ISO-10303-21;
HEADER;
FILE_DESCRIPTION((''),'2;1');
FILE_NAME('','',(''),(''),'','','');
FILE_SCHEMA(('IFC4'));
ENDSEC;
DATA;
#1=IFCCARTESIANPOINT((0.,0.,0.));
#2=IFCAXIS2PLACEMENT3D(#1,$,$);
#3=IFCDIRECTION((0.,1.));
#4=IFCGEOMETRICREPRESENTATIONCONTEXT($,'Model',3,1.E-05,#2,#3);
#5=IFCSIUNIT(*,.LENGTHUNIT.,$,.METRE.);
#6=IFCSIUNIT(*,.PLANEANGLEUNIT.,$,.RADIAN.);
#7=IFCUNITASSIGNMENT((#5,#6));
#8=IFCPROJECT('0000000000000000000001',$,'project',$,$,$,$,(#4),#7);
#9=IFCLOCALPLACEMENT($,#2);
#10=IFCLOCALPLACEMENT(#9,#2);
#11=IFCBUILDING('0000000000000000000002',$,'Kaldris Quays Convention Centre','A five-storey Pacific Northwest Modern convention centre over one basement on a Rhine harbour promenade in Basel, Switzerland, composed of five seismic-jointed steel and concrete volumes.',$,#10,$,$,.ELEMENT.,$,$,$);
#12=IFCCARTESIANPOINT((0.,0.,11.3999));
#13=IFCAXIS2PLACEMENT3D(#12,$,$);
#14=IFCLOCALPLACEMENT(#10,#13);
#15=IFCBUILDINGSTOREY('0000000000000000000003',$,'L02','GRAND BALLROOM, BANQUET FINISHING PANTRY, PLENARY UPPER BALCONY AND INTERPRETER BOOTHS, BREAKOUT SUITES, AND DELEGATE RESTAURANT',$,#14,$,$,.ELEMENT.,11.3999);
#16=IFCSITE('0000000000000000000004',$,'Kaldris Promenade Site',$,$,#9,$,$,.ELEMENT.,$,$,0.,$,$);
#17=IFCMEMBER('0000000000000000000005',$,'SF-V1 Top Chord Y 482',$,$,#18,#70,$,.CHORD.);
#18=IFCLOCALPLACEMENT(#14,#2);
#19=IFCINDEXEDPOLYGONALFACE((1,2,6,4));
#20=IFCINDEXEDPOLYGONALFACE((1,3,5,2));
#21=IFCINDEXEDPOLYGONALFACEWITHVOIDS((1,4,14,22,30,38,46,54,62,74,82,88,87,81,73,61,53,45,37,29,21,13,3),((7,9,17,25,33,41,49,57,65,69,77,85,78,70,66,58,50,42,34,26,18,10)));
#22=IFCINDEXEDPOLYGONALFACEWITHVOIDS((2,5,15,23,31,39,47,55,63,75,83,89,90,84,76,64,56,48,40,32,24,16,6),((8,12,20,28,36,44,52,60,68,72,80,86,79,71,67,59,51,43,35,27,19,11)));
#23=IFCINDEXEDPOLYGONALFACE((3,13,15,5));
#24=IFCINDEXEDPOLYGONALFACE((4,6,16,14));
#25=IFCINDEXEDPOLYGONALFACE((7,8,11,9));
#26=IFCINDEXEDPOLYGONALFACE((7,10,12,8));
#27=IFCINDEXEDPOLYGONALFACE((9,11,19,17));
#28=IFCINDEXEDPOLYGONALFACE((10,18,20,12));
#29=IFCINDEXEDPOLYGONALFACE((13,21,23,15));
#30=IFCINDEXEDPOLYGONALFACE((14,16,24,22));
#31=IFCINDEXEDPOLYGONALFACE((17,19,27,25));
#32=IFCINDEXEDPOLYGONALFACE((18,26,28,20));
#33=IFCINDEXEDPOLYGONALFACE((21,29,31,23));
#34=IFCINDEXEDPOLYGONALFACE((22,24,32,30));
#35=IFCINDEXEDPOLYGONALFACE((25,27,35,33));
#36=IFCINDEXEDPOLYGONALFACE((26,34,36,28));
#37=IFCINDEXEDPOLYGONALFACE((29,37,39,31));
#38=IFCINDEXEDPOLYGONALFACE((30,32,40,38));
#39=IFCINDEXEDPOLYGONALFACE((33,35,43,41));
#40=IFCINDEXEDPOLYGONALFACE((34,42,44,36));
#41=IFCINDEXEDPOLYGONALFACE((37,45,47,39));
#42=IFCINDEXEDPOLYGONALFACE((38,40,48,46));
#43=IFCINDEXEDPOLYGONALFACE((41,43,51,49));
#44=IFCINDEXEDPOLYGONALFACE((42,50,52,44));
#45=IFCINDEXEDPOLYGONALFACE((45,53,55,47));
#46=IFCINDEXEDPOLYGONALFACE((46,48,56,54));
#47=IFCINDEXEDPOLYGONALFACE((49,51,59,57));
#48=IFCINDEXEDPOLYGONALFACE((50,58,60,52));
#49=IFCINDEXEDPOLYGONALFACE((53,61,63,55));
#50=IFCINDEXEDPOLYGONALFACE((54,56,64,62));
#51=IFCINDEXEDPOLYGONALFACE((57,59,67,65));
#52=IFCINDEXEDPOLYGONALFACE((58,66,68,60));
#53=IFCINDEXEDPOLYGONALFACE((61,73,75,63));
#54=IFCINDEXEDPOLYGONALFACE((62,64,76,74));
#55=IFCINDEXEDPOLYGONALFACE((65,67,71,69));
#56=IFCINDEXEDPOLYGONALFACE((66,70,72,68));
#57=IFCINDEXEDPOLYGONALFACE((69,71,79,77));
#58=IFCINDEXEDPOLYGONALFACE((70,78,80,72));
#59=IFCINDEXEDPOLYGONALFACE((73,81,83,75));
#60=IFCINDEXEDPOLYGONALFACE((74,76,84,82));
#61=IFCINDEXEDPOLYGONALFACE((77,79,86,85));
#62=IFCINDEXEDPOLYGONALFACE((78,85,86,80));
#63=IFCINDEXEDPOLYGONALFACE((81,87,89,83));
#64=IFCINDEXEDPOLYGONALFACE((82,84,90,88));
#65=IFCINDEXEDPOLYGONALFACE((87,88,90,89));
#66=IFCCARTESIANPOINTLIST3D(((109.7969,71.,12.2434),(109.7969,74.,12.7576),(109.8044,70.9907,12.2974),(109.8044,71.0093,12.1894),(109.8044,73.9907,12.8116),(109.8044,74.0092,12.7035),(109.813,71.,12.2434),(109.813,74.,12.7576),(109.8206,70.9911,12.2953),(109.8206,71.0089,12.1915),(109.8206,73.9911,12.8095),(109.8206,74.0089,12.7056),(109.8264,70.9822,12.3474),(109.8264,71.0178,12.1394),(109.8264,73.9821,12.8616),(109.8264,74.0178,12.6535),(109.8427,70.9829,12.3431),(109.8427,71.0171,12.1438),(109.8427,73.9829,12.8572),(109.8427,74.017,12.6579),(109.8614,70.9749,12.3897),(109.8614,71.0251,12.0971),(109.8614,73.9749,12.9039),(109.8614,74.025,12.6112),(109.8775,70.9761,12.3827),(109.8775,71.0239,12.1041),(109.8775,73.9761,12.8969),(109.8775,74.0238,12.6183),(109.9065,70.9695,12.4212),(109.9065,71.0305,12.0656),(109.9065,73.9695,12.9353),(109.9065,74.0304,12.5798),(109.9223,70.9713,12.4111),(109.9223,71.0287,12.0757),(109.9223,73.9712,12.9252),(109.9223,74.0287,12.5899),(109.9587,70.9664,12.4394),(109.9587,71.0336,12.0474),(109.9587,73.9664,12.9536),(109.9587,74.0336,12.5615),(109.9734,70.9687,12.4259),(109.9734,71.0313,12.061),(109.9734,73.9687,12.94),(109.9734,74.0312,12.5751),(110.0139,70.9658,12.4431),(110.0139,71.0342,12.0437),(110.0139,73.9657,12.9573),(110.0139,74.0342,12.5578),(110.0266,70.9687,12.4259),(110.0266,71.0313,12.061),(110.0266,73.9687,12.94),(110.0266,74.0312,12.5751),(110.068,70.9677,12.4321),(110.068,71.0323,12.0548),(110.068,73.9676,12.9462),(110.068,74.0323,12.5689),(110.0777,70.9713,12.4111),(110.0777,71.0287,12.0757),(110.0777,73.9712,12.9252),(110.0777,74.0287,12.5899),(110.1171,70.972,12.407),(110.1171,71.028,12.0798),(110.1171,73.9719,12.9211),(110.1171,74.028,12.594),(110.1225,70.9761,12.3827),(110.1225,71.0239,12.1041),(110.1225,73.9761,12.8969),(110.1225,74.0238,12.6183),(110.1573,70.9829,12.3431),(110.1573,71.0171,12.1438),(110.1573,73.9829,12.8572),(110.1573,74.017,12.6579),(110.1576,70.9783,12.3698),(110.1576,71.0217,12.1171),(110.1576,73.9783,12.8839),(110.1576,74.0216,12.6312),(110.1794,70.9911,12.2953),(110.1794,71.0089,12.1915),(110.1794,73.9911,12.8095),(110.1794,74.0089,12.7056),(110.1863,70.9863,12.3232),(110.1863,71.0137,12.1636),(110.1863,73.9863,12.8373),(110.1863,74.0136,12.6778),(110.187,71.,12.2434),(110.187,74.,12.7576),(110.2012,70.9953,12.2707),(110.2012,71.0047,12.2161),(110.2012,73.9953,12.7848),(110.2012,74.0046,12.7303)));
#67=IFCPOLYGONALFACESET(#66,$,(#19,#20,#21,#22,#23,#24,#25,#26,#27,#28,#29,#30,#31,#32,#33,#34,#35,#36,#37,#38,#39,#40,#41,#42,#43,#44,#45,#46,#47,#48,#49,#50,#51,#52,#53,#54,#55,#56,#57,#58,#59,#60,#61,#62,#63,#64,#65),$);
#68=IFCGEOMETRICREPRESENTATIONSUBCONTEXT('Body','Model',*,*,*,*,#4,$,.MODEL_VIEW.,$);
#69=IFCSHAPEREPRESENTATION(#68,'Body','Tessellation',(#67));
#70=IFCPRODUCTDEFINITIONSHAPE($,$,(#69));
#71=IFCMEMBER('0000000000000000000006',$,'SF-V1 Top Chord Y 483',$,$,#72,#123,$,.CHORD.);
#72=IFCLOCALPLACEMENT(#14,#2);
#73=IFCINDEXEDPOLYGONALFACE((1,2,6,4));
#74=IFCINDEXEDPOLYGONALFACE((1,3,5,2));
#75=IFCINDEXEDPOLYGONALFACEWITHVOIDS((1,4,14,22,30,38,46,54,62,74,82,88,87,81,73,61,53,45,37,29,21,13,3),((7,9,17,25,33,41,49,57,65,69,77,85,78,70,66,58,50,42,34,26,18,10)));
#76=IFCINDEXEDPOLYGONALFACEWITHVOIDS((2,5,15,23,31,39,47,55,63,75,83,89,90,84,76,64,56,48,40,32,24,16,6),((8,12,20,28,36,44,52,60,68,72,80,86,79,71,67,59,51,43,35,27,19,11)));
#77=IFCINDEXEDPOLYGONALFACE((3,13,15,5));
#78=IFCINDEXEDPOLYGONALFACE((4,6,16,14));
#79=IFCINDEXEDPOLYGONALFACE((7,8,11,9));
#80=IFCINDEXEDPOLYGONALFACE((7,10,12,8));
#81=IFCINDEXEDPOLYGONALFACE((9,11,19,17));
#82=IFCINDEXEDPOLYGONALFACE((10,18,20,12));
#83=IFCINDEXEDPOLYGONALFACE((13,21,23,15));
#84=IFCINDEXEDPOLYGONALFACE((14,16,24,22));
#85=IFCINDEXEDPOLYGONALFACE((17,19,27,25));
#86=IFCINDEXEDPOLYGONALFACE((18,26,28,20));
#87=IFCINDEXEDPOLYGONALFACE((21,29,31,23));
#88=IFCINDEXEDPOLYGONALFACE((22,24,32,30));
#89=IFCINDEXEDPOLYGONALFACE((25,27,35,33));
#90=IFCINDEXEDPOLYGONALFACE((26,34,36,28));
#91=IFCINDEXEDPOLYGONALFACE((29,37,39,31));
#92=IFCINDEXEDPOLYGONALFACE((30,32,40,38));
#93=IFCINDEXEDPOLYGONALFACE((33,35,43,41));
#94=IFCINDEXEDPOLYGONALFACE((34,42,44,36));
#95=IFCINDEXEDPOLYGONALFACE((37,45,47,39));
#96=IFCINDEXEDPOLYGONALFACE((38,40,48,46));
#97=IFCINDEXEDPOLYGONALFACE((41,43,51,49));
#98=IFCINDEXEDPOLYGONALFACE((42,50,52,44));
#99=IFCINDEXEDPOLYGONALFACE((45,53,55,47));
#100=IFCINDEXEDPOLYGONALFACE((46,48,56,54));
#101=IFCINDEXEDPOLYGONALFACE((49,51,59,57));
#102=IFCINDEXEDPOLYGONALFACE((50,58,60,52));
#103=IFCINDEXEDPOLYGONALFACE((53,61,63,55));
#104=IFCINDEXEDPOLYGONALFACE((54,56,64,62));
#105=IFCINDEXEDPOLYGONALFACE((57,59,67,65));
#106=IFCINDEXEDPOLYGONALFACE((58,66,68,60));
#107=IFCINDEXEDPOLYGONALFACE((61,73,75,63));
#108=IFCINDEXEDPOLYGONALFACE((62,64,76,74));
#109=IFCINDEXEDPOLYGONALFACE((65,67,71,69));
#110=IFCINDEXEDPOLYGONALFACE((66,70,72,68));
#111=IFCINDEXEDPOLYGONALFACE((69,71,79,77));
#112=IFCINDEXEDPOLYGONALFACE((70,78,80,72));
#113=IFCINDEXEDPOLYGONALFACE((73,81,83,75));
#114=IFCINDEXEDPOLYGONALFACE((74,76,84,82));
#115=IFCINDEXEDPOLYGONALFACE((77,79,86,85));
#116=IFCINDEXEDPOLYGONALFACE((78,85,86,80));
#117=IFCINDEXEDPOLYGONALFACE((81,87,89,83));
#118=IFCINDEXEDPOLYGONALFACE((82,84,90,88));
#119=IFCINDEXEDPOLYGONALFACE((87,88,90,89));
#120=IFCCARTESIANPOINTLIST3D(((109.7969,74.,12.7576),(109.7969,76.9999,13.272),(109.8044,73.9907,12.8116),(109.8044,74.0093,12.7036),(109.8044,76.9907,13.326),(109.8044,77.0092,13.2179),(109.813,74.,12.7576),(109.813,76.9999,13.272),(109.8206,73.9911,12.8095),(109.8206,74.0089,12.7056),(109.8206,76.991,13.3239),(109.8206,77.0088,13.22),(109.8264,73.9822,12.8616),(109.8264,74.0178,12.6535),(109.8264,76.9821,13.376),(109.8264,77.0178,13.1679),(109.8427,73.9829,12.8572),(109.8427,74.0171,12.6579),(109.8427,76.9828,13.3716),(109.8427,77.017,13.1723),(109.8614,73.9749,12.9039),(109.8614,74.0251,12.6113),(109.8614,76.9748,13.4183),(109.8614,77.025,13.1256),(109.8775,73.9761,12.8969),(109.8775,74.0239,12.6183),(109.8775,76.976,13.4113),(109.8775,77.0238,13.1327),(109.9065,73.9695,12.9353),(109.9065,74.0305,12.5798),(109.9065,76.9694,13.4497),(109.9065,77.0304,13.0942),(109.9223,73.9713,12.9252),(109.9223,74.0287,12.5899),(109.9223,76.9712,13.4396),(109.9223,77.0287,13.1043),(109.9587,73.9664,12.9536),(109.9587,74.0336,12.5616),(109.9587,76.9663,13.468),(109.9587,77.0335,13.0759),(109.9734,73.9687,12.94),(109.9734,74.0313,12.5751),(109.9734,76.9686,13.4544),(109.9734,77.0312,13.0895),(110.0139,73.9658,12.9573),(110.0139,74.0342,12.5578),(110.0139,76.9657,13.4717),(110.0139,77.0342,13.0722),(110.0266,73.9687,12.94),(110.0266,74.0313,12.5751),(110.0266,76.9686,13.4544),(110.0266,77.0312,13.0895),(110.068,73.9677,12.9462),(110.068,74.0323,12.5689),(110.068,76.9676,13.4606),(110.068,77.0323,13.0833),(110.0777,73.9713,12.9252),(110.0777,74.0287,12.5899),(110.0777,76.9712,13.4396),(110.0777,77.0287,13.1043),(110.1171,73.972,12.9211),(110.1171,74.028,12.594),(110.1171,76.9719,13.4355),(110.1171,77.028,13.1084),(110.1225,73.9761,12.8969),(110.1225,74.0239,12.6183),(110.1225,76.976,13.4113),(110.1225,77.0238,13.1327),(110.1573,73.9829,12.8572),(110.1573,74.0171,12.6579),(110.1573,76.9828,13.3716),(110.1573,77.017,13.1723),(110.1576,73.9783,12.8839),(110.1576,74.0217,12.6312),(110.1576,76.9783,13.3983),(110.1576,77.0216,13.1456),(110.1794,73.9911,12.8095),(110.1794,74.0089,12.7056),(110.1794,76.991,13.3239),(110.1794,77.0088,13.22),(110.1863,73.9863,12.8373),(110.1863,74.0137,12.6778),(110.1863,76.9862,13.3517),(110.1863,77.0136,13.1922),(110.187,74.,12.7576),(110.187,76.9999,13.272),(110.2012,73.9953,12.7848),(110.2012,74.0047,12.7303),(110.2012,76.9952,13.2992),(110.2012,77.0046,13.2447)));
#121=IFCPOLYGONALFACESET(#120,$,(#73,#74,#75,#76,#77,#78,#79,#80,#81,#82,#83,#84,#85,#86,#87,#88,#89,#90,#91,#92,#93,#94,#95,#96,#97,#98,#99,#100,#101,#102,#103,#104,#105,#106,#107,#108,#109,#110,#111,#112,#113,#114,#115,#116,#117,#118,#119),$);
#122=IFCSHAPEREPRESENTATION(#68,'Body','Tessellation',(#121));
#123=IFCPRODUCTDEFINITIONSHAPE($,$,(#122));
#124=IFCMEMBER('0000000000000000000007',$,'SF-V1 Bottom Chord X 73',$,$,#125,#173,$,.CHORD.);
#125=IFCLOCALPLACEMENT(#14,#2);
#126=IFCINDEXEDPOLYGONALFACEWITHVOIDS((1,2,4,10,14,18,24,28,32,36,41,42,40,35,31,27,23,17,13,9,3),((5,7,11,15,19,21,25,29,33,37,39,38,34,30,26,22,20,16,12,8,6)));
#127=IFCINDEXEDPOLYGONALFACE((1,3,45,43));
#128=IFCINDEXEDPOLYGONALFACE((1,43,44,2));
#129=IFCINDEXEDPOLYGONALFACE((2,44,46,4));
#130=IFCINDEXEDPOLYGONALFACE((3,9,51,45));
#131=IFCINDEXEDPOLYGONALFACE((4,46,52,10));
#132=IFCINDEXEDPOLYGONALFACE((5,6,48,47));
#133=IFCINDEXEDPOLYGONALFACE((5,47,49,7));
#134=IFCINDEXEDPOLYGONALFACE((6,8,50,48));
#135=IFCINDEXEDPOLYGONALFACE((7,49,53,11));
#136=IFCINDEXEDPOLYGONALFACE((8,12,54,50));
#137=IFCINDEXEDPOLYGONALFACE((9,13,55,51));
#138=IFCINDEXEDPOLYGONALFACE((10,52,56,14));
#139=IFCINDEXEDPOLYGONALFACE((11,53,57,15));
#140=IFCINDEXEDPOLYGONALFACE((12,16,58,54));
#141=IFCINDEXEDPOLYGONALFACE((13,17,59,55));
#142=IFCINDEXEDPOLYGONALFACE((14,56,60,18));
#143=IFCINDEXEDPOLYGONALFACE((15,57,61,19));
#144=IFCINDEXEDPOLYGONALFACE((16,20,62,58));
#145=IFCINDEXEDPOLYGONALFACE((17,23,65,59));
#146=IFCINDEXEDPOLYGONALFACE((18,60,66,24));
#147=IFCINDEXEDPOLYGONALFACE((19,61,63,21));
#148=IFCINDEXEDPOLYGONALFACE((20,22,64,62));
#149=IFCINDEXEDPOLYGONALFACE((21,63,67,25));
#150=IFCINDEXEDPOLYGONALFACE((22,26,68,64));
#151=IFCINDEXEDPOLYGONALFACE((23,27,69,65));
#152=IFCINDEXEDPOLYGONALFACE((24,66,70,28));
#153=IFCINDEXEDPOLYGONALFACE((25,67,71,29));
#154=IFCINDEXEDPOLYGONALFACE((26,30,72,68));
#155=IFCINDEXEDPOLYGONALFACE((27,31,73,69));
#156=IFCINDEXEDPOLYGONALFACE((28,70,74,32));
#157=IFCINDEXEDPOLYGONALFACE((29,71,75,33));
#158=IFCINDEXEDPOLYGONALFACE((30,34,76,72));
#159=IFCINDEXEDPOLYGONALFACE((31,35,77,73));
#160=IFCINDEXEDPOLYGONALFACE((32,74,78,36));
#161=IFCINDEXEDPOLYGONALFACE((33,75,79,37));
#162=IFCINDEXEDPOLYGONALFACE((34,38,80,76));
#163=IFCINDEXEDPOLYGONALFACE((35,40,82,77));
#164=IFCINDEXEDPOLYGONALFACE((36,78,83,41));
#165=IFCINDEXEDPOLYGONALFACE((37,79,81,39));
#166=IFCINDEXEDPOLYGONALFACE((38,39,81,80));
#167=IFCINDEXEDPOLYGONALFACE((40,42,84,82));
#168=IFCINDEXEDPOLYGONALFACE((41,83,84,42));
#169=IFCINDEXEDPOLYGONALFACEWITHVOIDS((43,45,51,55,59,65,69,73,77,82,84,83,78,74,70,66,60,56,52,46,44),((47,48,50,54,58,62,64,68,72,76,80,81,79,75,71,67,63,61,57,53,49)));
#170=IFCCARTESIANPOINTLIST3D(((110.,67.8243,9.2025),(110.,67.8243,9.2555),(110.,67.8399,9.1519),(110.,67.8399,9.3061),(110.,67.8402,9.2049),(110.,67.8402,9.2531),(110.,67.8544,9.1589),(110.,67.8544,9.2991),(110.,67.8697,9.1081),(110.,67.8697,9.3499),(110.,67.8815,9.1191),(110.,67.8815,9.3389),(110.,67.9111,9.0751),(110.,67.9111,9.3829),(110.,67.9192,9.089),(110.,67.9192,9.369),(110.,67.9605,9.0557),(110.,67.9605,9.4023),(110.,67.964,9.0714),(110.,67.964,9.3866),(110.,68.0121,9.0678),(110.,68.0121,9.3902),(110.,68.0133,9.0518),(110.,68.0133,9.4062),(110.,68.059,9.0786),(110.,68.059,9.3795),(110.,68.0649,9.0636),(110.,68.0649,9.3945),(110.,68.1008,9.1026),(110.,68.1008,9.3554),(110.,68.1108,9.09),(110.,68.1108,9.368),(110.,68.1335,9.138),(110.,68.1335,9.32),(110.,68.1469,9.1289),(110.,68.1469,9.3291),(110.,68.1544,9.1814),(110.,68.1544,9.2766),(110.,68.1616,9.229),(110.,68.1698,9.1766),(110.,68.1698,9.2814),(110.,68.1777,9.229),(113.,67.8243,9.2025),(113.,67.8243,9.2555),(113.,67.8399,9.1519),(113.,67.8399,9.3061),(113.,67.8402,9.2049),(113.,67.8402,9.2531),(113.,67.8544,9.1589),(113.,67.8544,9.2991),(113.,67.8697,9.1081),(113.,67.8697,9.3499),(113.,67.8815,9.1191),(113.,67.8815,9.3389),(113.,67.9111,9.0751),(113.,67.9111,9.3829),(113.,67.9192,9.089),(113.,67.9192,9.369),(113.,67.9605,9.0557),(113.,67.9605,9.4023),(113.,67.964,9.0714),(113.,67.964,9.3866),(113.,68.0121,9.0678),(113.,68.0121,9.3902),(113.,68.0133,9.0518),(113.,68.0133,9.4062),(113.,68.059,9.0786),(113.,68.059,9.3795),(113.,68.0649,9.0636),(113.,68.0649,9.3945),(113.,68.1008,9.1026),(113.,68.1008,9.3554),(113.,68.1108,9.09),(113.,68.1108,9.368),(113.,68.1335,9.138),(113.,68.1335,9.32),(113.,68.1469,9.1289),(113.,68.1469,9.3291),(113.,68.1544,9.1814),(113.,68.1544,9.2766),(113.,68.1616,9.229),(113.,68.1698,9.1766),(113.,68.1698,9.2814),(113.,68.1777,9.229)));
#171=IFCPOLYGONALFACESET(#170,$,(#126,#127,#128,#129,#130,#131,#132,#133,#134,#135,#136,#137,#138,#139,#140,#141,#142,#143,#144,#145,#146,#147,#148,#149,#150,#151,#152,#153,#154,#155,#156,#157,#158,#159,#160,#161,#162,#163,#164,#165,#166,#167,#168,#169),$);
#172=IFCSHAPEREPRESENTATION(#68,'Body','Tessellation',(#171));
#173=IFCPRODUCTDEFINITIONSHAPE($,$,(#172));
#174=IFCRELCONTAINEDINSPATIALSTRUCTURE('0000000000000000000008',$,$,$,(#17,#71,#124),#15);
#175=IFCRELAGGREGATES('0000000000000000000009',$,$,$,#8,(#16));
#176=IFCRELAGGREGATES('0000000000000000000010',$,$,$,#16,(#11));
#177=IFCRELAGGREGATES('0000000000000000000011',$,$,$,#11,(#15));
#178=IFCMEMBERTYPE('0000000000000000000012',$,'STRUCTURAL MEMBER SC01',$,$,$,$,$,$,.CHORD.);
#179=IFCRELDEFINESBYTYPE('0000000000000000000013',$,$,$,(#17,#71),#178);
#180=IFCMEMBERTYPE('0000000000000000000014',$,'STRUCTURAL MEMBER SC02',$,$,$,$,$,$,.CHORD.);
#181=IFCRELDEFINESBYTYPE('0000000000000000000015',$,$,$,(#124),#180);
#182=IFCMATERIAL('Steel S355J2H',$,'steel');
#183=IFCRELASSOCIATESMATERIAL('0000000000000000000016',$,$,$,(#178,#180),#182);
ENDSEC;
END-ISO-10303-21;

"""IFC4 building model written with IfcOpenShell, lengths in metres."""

from ifc_helpers import new_model, si_unit, direction, frame, origin, origin_2d, place, context, subcontext, project, spatial, hollow_circle, extrude, material, material_profile, profile_set, type_object, element, save


model = new_model("IFC4")

# Units and contexts
model_context = context("Model", 3, precision=1e-05, world=origin(), true_north=direction((0.0, 1.0)))
body_context = subcontext(model_context, "Body", "Model", "MODEL_VIEW")
ifc_project = project(units=[si_unit("LENGTHUNIT", "METRE"), si_unit("PLANEANGLEUNIT", "RADIAN")], contexts=[model_context])

# Site, building, storey
site_placement = place(None, origin())
site = spatial("IfcSite", under=ifc_project, at=site_placement, Name="Kaldris Promenade Site", CompositionType="ELEMENT", RefElevation=0.0)
building_placement = place(site_placement, origin())
building = spatial("IfcBuilding", under=site, at=building_placement, Name="Kaldris Quays Convention Centre", Description="A five-storey Pacific Northwest Modern convention centre over one basement on a Rhine harbour promenade in Basel, Switzerland, composed of five seismic-jointed steel and concrete volumes.", CompositionType="ELEMENT")
storey_placement = place(building_placement, frame((0.0, 0.0, 11.3999)))
storey = spatial("IfcBuildingStorey", under=building, at=storey_placement, Name="L02", Description="GRAND BALLROOM, BANQUET FINISHING PANTRY, PLENARY UPPER BALCONY AND INTERPRETER BOOTHS, BREAKOUT SUITES, AND DELEGATE RESTAURANT", CompositionType="ELEMENT", Elevation=11.3999)

# Members
ifc_material_1 = material(Name="Steel S355J2H", Category="steel")
ifc_material_profile_1 = material_profile(ifc_material_1, hollow_circle(Radius=0.2031, WallThickness=0.0161, at=origin_2d()), Name="CHS 406.4x16")
ifc_profile_set_1 = profile_set([ifc_material_profile_1], Name="Steel S355J2H")
member_type_1 = type_object("IfcMemberType", Name="STRUCTURAL MEMBER SC01", PredefinedType="CHORD", material=ifc_profile_set_1)
for number, where, z_axis, x_axis, name in (
    (1, (110.0, 71.0, 12.2434), (0.0, 0.985629, 0.168924), (-1.0, 0.0, 0.0), "SF-V1 Top Chord Y 482"),
    (2, (110.0, 74.0, 12.7576), (0.0, 0.985616, 0.169002), (-1.0, 0.0, 0.0), "SF-V1 Top Chord Y 483"),
):
    element("IfcMember", number, at=place(storey_placement, frame(where, z_axis=z_axis, x_axis=x_axis)), inside=storey, type_object=member_type_1, Name=name, PredefinedType="CHORD", context=body_context, shape_type="SweptSolid", body=[
        extrude(hollow_circle(Radius=0.2031, WallThickness=0.0161, at=origin_2d()), origin(), (0.0, 0.0, 1.0), 3.0437),
    ])
ifc_material_profile_2 = material_profile(ifc_material_1, hollow_circle(Radius=0.1777, WallThickness=0.0161, at=origin_2d()), Name="CHS 355.6x16")
ifc_profile_set_2 = profile_set([ifc_material_profile_2], Name="Steel S355J2H")
member_type_2 = type_object("IfcMemberType", Name="STRUCTURAL MEMBER SC02", PredefinedType="CHORD", material=ifc_profile_set_2)
for number, where, z_axis, x_axis, name in (
    (3, (110.0, 68.0, 9.229), (1.0, 0.0, 0.0), (0.0, 1.0, 0.0), "SF-V1 Bottom Chord X 73"),
):
    element("IfcMember", number, at=place(storey_placement, frame(where, z_axis=z_axis, x_axis=x_axis)), inside=storey, type_object=member_type_2, Name=name, PredefinedType="CHORD", context=body_context, shape_type="SweptSolid", body=[
        extrude(hollow_circle(Radius=0.1777, WallThickness=0.0161, at=origin_2d()), origin(), (0.0, 0.0, 1.0), 3.0),
    ])

save(model, "model.ifc")
